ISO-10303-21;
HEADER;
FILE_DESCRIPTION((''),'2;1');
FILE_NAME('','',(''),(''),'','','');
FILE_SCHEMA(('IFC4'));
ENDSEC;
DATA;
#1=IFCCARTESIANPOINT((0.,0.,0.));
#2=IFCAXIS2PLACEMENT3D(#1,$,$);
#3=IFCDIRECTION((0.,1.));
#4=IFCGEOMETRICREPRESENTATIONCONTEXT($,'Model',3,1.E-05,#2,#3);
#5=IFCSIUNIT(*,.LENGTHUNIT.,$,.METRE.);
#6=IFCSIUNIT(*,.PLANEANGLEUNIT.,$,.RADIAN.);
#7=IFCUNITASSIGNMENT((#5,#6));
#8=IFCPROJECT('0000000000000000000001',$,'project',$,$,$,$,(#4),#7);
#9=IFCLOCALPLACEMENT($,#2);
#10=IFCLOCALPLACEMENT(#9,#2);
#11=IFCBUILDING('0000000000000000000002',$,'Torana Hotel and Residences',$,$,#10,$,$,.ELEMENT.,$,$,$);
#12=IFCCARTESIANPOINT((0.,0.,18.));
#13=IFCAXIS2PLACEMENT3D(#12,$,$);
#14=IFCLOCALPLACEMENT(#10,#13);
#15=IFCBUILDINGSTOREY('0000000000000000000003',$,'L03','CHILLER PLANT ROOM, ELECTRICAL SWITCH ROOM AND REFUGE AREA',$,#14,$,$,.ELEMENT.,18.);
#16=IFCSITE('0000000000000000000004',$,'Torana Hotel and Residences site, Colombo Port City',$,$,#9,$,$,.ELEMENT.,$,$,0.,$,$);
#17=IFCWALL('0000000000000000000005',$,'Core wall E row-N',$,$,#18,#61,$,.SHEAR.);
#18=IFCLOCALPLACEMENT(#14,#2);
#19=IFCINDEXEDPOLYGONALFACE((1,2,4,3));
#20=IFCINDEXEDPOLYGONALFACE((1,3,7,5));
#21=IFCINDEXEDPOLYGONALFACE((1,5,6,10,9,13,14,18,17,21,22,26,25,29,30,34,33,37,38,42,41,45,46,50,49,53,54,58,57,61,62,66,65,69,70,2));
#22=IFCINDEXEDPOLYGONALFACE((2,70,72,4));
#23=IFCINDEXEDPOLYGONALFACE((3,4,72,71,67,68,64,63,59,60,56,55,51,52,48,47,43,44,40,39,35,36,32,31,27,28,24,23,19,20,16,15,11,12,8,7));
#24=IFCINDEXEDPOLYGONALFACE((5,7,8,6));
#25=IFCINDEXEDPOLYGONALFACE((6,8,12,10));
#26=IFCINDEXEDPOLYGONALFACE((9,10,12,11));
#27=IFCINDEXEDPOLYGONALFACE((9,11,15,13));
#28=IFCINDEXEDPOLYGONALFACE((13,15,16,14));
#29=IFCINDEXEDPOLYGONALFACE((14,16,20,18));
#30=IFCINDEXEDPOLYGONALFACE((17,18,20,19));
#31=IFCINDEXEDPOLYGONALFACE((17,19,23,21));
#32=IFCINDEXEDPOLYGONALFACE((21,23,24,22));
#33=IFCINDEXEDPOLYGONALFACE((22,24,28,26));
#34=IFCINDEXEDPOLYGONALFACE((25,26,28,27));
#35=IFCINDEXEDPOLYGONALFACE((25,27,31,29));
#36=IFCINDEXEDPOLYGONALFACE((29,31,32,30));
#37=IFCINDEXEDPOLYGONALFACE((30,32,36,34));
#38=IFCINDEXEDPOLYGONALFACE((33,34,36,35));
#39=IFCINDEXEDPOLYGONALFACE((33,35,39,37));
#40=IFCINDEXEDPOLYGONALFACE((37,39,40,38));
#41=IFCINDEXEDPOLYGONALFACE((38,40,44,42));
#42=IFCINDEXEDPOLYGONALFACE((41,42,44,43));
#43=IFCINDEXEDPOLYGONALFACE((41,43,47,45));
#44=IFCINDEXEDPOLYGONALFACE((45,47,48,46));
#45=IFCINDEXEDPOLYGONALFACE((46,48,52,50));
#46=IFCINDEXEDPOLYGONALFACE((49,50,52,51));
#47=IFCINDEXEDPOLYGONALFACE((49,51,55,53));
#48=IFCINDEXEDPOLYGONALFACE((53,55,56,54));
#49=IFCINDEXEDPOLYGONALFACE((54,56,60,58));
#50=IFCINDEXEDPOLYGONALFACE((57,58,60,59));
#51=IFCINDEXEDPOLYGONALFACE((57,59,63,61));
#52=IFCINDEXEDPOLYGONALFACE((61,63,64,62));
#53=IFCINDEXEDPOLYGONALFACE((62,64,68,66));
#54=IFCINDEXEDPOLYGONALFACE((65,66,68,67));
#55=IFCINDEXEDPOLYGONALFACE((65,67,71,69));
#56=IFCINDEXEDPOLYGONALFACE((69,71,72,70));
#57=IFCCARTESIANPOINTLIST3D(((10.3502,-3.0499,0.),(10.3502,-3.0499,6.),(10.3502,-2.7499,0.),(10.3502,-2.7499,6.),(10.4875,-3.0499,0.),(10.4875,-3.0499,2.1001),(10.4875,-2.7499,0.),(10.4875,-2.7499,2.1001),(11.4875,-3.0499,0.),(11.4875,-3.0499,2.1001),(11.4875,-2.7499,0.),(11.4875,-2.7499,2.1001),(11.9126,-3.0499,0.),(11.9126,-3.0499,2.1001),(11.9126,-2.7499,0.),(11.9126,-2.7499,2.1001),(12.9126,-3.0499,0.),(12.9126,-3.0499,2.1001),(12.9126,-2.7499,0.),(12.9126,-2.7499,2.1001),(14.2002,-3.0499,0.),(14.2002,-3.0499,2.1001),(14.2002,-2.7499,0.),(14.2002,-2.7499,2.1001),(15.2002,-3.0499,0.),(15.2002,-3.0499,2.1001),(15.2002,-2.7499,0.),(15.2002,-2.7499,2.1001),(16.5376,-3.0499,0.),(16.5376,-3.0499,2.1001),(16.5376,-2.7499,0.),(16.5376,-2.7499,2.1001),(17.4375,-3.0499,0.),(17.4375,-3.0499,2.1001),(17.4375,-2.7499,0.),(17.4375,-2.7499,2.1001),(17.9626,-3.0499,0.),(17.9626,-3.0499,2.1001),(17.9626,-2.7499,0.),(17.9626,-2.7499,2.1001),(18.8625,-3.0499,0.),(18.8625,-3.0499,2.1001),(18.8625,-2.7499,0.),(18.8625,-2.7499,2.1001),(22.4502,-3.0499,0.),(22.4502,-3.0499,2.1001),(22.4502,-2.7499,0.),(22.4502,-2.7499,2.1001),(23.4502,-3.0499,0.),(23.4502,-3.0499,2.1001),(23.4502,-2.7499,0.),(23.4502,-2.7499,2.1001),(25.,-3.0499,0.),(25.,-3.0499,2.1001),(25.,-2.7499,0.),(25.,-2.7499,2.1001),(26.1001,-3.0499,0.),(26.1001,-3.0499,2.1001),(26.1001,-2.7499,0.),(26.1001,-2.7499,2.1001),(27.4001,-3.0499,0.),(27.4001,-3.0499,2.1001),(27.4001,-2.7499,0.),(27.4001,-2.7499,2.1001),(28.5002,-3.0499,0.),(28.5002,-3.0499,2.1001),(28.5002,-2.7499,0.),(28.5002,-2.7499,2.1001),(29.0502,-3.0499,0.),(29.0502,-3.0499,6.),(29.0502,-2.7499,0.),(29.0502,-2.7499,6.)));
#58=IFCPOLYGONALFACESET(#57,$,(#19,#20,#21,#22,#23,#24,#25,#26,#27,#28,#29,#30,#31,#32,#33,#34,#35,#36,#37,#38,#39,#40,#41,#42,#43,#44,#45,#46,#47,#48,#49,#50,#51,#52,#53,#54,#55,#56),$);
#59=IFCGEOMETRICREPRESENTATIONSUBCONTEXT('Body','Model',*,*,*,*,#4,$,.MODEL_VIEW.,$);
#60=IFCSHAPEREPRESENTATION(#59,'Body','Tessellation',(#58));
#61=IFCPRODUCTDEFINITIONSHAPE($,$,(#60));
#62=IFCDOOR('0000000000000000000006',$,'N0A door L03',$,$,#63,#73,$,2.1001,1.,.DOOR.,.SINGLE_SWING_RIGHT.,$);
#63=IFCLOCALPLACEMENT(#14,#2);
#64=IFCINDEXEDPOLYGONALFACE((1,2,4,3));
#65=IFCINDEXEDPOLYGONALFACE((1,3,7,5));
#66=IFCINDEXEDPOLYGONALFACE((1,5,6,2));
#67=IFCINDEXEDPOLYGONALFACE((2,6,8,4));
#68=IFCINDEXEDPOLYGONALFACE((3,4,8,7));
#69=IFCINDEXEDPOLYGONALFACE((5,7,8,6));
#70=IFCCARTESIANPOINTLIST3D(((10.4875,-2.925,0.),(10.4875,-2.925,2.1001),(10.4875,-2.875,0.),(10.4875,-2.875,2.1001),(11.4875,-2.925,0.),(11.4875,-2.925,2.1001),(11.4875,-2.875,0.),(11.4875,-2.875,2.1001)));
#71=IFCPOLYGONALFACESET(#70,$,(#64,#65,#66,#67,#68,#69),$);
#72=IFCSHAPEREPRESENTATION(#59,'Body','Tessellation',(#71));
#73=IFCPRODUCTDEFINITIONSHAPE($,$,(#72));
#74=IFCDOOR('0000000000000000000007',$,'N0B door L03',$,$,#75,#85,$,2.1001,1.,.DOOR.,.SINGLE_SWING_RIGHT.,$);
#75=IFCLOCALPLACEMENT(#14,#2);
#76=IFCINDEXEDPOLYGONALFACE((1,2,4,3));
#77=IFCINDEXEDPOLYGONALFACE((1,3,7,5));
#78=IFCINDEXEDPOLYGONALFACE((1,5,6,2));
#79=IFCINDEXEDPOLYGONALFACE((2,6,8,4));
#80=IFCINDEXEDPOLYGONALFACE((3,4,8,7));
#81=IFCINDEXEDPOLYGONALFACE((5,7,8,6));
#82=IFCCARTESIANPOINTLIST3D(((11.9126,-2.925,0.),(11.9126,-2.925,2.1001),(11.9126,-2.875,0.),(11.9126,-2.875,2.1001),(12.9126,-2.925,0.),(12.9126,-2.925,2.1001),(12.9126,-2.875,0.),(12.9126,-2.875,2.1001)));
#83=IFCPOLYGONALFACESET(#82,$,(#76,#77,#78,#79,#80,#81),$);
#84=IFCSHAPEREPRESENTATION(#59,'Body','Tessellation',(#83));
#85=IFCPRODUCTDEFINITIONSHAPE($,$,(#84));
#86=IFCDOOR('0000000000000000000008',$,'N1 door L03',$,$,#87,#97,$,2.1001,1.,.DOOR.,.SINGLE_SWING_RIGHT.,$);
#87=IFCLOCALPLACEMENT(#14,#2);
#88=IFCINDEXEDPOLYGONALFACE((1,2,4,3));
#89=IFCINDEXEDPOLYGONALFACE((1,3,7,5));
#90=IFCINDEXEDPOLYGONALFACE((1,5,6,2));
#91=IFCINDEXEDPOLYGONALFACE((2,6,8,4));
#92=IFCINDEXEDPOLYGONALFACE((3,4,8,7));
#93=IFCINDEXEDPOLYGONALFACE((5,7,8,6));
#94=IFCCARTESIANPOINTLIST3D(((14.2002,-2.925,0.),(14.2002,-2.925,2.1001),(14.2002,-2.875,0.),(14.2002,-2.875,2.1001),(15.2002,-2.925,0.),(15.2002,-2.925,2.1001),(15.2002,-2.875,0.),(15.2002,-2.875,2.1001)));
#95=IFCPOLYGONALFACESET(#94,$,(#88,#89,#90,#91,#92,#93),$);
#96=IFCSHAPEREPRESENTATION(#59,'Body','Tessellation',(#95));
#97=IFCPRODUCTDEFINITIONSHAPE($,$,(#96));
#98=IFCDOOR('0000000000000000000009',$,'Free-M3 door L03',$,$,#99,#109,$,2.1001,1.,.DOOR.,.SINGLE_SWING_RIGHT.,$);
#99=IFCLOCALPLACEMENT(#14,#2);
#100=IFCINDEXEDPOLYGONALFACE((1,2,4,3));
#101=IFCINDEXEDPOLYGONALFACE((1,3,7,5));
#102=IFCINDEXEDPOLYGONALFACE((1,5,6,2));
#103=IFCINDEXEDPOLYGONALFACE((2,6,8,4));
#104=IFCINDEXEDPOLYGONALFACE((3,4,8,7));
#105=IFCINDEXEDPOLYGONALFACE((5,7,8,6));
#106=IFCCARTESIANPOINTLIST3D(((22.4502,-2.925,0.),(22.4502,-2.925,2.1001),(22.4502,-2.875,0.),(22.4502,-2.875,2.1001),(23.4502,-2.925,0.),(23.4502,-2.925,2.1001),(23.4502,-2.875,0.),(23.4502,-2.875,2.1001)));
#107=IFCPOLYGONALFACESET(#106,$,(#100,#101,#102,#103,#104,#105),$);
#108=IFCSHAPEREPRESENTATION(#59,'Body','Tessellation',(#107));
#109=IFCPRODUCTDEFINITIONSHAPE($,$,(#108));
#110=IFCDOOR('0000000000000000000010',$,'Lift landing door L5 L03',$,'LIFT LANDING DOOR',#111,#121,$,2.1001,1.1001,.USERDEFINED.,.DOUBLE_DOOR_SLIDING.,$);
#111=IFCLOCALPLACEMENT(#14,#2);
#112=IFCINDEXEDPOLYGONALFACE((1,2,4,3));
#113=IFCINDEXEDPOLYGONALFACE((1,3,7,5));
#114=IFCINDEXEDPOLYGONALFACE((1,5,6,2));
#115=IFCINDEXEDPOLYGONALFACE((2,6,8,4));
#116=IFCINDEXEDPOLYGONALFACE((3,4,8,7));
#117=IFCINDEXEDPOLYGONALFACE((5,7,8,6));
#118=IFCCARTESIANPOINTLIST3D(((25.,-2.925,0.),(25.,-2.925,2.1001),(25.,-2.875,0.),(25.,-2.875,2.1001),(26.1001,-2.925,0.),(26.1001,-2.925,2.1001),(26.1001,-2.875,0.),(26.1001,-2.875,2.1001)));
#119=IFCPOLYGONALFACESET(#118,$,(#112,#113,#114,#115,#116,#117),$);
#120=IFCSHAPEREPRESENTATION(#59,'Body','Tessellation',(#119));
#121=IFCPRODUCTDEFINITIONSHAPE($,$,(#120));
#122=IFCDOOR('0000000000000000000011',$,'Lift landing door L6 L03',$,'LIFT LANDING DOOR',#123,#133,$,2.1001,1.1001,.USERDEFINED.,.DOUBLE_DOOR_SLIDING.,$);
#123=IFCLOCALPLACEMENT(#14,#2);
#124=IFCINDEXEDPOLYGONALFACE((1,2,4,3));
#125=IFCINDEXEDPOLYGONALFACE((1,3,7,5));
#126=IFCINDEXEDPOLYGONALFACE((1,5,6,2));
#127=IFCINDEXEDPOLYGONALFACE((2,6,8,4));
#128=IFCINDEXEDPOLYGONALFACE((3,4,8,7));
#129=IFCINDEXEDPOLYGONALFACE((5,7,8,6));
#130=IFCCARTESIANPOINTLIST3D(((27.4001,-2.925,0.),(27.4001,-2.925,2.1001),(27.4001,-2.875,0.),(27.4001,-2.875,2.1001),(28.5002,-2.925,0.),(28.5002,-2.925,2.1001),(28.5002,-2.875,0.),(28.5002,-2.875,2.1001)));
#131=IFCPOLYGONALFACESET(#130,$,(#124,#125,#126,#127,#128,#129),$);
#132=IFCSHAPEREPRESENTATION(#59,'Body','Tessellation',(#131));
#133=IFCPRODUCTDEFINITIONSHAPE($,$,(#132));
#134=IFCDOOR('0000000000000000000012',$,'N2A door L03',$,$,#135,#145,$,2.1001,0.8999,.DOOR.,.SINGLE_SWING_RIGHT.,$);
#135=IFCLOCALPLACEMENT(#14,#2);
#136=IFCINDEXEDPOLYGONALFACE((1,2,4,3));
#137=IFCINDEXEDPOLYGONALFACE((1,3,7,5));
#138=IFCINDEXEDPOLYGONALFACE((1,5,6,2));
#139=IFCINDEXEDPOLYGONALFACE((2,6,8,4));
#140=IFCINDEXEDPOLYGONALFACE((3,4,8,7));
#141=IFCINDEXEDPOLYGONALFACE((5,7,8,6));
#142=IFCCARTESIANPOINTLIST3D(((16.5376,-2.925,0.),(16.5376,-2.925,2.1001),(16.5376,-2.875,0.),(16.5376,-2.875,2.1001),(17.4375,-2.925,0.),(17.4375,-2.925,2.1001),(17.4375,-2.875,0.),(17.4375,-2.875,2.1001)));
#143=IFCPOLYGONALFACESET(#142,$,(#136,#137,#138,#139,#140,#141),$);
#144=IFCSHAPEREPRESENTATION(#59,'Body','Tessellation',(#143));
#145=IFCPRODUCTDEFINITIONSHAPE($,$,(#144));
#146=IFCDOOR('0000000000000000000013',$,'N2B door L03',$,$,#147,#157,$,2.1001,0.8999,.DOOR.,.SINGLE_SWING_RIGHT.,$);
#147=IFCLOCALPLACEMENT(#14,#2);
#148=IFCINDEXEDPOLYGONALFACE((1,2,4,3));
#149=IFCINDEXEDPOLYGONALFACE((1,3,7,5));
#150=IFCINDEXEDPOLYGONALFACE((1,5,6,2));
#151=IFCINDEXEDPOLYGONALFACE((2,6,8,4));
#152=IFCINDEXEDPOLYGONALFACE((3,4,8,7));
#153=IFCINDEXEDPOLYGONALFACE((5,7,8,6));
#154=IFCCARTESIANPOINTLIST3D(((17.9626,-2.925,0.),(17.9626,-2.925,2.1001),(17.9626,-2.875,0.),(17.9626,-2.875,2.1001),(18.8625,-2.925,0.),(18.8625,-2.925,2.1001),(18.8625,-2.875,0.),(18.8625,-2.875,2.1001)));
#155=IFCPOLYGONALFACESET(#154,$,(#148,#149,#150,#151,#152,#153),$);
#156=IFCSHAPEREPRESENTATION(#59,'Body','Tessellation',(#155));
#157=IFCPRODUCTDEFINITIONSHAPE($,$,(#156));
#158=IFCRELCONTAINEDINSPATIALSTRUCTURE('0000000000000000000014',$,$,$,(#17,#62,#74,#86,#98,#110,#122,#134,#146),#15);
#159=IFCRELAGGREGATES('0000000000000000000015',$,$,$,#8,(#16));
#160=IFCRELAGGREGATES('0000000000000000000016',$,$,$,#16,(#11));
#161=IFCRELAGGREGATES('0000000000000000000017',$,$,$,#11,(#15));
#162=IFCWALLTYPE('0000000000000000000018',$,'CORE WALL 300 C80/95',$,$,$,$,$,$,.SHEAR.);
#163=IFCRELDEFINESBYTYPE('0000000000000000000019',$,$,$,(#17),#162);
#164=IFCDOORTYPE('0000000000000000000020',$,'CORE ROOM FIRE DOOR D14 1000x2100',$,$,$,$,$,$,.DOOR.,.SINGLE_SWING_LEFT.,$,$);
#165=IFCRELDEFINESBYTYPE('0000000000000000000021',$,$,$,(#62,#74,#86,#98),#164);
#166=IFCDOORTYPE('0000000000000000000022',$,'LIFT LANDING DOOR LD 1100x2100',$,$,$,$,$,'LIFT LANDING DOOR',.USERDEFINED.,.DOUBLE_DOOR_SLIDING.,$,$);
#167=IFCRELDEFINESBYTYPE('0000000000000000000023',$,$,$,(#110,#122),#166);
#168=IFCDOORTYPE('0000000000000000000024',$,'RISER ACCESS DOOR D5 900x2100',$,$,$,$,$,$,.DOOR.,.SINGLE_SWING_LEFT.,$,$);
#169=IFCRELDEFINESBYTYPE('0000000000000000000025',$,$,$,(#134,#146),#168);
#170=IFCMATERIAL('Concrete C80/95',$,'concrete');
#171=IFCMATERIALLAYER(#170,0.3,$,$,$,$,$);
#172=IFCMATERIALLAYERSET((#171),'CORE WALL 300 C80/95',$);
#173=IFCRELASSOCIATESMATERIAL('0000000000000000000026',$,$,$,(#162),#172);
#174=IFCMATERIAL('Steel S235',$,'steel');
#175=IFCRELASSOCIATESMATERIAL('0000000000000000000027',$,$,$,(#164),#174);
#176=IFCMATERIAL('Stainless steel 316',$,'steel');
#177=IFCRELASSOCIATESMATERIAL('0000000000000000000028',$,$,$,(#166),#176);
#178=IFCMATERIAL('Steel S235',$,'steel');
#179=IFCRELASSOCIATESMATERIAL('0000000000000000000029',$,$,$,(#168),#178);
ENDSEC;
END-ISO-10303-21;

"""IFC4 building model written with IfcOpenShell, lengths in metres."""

from ifc_helpers import new_model, si_unit, direction, frame, frame_2d, origin, place, context, subcontext, project, spatial, rectangle, extrude, material, layer, layer_set, type_object, element, fill, save


model = new_model("IFC4")

# Units and contexts
model_context = context("Model", 3, precision=1e-05, world=origin(), true_north=direction((0.0, 1.0)))
body_context = subcontext(model_context, "Body", "Model", "MODEL_VIEW")
ifc_project = project(units=[si_unit("LENGTHUNIT", "METRE"), si_unit("PLANEANGLEUNIT", "RADIAN")], contexts=[model_context])

# Site, building, storey
site_placement = place(None, origin())
site = spatial("IfcSite", under=ifc_project, at=site_placement, Name="Torana Hotel and Residences site, Colombo Port City", CompositionType="ELEMENT", RefElevation=0.0)
building_placement = place(site_placement, origin())
building = spatial("IfcBuilding", under=site, at=building_placement, Name="Torana Hotel and Residences", CompositionType="ELEMENT")
storey_placement = place(building_placement, frame((0.0, 0.0, 18.0)))
storey = spatial("IfcBuildingStorey", under=building, at=storey_placement, Name="L03", Description="CHILLER PLANT ROOM, ELECTRICAL SWITCH ROOM AND REFUGE AREA", CompositionType="ELEMENT", Elevation=18.0)

# Wall, openings, doors
ifc_material_1 = material(Name="Concrete C80/95", Category="concrete")
ifc_layer_1 = layer(ifc_material_1, 0.3)
ifc_layer_set_1 = layer_set([ifc_layer_1], Name="CORE WALL 300 C80/95")
wall_type_1 = type_object("IfcWallType", Name="CORE WALL 300 C80/95", PredefinedType="SHEAR", material=ifc_layer_set_1)
wall_1_placement = place(storey_placement, frame((10.3501, -2.8999, 0.0), z_axis=(0.0, 0.0, 1.0), x_axis=(1.0, 0.0, 0.0)))
wall_1 = element("IfcWall", 1, at=wall_1_placement, inside=storey, type_object=wall_type_1, Name="Core wall E row-N", PredefinedType="SHEAR", context=body_context, shape_type="SweptSolid", body=[
    extrude(rectangle(XDim=18.7, YDim=0.3, at=frame_2d((9.3501, 0.0))), origin(), (0.0, 0.0, 1.0), 6.0),
])
opening_1_placement = place(wall_1_placement, frame((14.6499, 0.0, 0.0)))
opening_1 = element("IfcOpeningElement", 2, at=opening_1_placement, cuts=wall_1, PredefinedType="OPENING", context=body_context, shape_type="SweptSolid", body=[
    extrude(rectangle(XDim=1.1001, YDim=2.1001, at=frame_2d((0.55, 1.05))), frame((0.0, 0.1599, 0.0), z_axis=(0.0, -1.0, 0.0), x_axis=(1.0, 0.0, 0.0)), (0.0, 0.0, 1.0), 0.3201),
])
opening_2_placement = place(wall_1_placement, frame((17.05, 0.0, 0.0)))
opening_2 = element("IfcOpeningElement", 3, at=opening_2_placement, cuts=wall_1, PredefinedType="OPENING", context=body_context, shape_type="SweptSolid", body=[
    extrude(rectangle(XDim=1.1001, YDim=2.1001, at=frame_2d((0.55, 1.05))), frame((0.0, 0.1599, 0.0), z_axis=(0.0, -1.0, 0.0), x_axis=(1.0, 0.0, 0.0)), (0.0, 0.0, 1.0), 0.3201),
])
opening_3_placement = place(wall_1_placement, frame((6.1875, 0.0, 0.0)))
opening_3 = element("IfcOpeningElement", 4, at=opening_3_placement, cuts=wall_1, PredefinedType="OPENING", context=body_context, shape_type="SweptSolid", body=[
    extrude(rectangle(XDim=0.8999, YDim=2.1001, at=frame_2d((0.45, 1.05))), frame((0.0, 0.1599, 0.0), z_axis=(0.0, -1.0, 0.0), x_axis=(1.0, 0.0, 0.0)), (0.0, 0.0, 1.0), 0.3201),
])
opening_4_placement = place(wall_1_placement, frame((7.6125, 0.0, 0.0)))
opening_4 = element("IfcOpeningElement", 5, at=opening_4_placement, cuts=wall_1, PredefinedType="OPENING", context=body_context, shape_type="SweptSolid", body=[
    extrude(rectangle(XDim=0.8999, YDim=2.1001, at=frame_2d((0.45, 1.05))), frame((0.0, 0.1599, 0.0), z_axis=(0.0, -1.0, 0.0), x_axis=(1.0, 0.0, 0.0)), (0.0, 0.0, 1.0), 0.3201),
])
opening_5_placement = place(wall_1_placement, frame((0.1375, 0.0, 0.0)))
opening_5 = element("IfcOpeningElement", 6, at=opening_5_placement, cuts=wall_1, PredefinedType="OPENING", context=body_context, shape_type="SweptSolid", body=[
    extrude(rectangle(XDim=1.0, YDim=2.1001, at=frame_2d((0.5, 1.05))), frame((0.0, 0.1599, 0.0), z_axis=(0.0, -1.0, 0.0), x_axis=(1.0, 0.0, 0.0)), (0.0, 0.0, 1.0), 0.3201),
])
opening_6_placement = place(wall_1_placement, frame((1.5625, 0.0, 0.0)))
opening_6 = element("IfcOpeningElement", 7, at=opening_6_placement, cuts=wall_1, PredefinedType="OPENING", context=body_context, shape_type="SweptSolid", body=[
    extrude(rectangle(XDim=1.0, YDim=2.1001, at=frame_2d((0.5, 1.05))), frame((0.0, 0.1599, 0.0), z_axis=(0.0, -1.0, 0.0), x_axis=(1.0, 0.0, 0.0)), (0.0, 0.0, 1.0), 0.3201),
])
opening_7_placement = place(wall_1_placement, frame((3.8501, 0.0, 0.0)))
opening_7 = element("IfcOpeningElement", 8, at=opening_7_placement, cuts=wall_1, PredefinedType="OPENING", context=body_context, shape_type="SweptSolid", body=[
    extrude(rectangle(XDim=1.0, YDim=2.1001, at=frame_2d((0.5, 1.05))), frame((0.0, 0.1599, 0.0), z_axis=(0.0, -1.0, 0.0), x_axis=(1.0, 0.0, 0.0)), (0.0, 0.0, 1.0), 0.3201),
])
opening_8_placement = place(wall_1_placement, frame((12.1001, 0.0, 0.0)))
opening_8 = element("IfcOpeningElement", 9, at=opening_8_placement, cuts=wall_1, PredefinedType="OPENING", context=body_context, shape_type="SweptSolid", body=[
    extrude(rectangle(XDim=1.0, YDim=2.1001, at=frame_2d((0.5, 1.05))), frame((0.0, 0.1599, 0.0), z_axis=(0.0, -1.0, 0.0), x_axis=(1.0, 0.0, 0.0)), (0.0, 0.0, 1.0), 0.3201),
])
ifc_material_2 = material(Name="Steel S235", Category="steel")
door_type_1 = type_object("IfcDoorType", Name="CORE ROOM FIRE DOOR D14 1000x2100", OperationType="SINGLE_SWING_LEFT", PredefinedType="DOOR", material=ifc_material_2)
door_1_placement = place(opening_5_placement, origin())
door_1 = element("IfcDoor", 10, at=door_1_placement, inside=storey, type_object=door_type_1, Name="N0A door L03", OperationType="SINGLE_SWING_RIGHT", OverallHeight=2.1001, OverallWidth=1.0, PredefinedType="DOOR", context=body_context, shape_type="SweptSolid", body=[
    extrude(rectangle(XDim=1.0, YDim=2.1001, at=frame_2d((0.5, 1.05))), frame((0.0, 0.0249, 0.0), z_axis=(0.0, -1.0, 0.0), x_axis=(1.0, 0.0, 0.0)), (0.0, 0.0, 1.0), 0.05),
])
fill(opening_5, door_1)
door_2_placement = place(opening_6_placement, origin())
door_2 = element("IfcDoor", 11, at=door_2_placement, inside=storey, type_object=door_type_1, Name="N0B door L03", OperationType="SINGLE_SWING_RIGHT", OverallHeight=2.1001, OverallWidth=1.0, PredefinedType="DOOR", context=body_context, shape_type="SweptSolid", body=[
    extrude(rectangle(XDim=1.0, YDim=2.1001, at=frame_2d((0.5, 1.05))), frame((0.0, 0.0249, 0.0), z_axis=(0.0, -1.0, 0.0), x_axis=(1.0, 0.0, 0.0)), (0.0, 0.0, 1.0), 0.05),
])
fill(opening_6, door_2)
door_3_placement = place(opening_7_placement, origin())
door_3 = element("IfcDoor", 12, at=door_3_placement, inside=storey, type_object=door_type_1, Name="N1 door L03", OperationType="SINGLE_SWING_RIGHT", OverallHeight=2.1001, OverallWidth=1.0, PredefinedType="DOOR", context=body_context, shape_type="SweptSolid", body=[
    extrude(rectangle(XDim=1.0, YDim=2.1001, at=frame_2d((0.5, 1.05))), frame((0.0, 0.0249, 0.0), z_axis=(0.0, -1.0, 0.0), x_axis=(1.0, 0.0, 0.0)), (0.0, 0.0, 1.0), 0.05),
])
fill(opening_7, door_3)
door_4_placement = place(opening_8_placement, origin())
door_4 = element("IfcDoor", 13, at=door_4_placement, inside=storey, type_object=door_type_1, Name="Free-M3 door L03", OperationType="SINGLE_SWING_RIGHT", OverallHeight=2.1001, OverallWidth=1.0, PredefinedType="DOOR", context=body_context, shape_type="SweptSolid", body=[
    extrude(rectangle(XDim=1.0, YDim=2.1001, at=frame_2d((0.5, 1.05))), frame((0.0, 0.0249, 0.0), z_axis=(0.0, -1.0, 0.0), x_axis=(1.0, 0.0, 0.0)), (0.0, 0.0, 1.0), 0.05),
])
fill(opening_8, door_4)
ifc_material_3 = material(Name="Stainless steel 316", Category="steel")
door_type_2 = type_object("IfcDoorType", Name="LIFT LANDING DOOR LD 1100x2100", ElementType="LIFT LANDING DOOR", OperationType="DOUBLE_DOOR_SLIDING", PredefinedType="USERDEFINED", material=ifc_material_3)
door_5_placement = place(opening_1_placement, origin())
door_5 = element("IfcDoor", 14, at=door_5_placement, inside=storey, type_object=door_type_2, Name="Lift landing door L5 L03", ObjectType="LIFT LANDING DOOR", OperationType="DOUBLE_DOOR_SLIDING", OverallHeight=2.1001, OverallWidth=1.1001, PredefinedType="USERDEFINED", context=body_context, shape_type="SweptSolid", body=[
    extrude(rectangle(XDim=1.1001, YDim=2.1001, at=frame_2d((0.55, 1.05))), frame((0.0, 0.0249, 0.0), z_axis=(0.0, -1.0, 0.0), x_axis=(1.0, 0.0, 0.0)), (0.0, 0.0, 1.0), 0.05),
])
fill(opening_1, door_5)
door_6_placement = place(opening_2_placement, origin())
door_6 = element("IfcDoor", 15, at=door_6_placement, inside=storey, type_object=door_type_2, Name="Lift landing door L6 L03", ObjectType="LIFT LANDING DOOR", OperationType="DOUBLE_DOOR_SLIDING", OverallHeight=2.1001, OverallWidth=1.1001, PredefinedType="USERDEFINED", context=body_context, shape_type="SweptSolid", body=[
    extrude(rectangle(XDim=1.1001, YDim=2.1001, at=frame_2d((0.55, 1.05))), frame((0.0, 0.0249, 0.0), z_axis=(0.0, -1.0, 0.0), x_axis=(1.0, 0.0, 0.0)), (0.0, 0.0, 1.0), 0.05),
])
fill(opening_2, door_6)
ifc_material_4 = material(Name="Steel S235", Category="steel")
door_type_3 = type_object("IfcDoorType", Name="RISER ACCESS DOOR D5 900x2100", OperationType="SINGLE_SWING_LEFT", PredefinedType="DOOR", material=ifc_material_4)
door_7_placement = place(opening_3_placement, origin())
door_7 = element("IfcDoor", 16, at=door_7_placement, inside=storey, type_object=door_type_3, Name="N2A door L03", OperationType="SINGLE_SWING_RIGHT", OverallHeight=2.1001, OverallWidth=0.8999, PredefinedType="DOOR", context=body_context, shape_type="SweptSolid", body=[
    extrude(rectangle(XDim=0.8999, YDim=2.1001, at=frame_2d((0.45, 1.05))), frame((0.0, 0.0249, 0.0), z_axis=(0.0, -1.0, 0.0), x_axis=(1.0, 0.0, 0.0)), (0.0, 0.0, 1.0), 0.05),
])
fill(opening_3, door_7)
door_8_placement = place(opening_4_placement, origin())
door_8 = element("IfcDoor", 17, at=door_8_placement, inside=storey, type_object=door_type_3, Name="N2B door L03", OperationType="SINGLE_SWING_RIGHT", OverallHeight=2.1001, OverallWidth=0.8999, PredefinedType="DOOR", context=body_context, shape_type="SweptSolid", body=[
    extrude(rectangle(XDim=0.8999, YDim=2.1001, at=frame_2d((0.45, 1.05))), frame((0.0, 0.0249, 0.0), z_axis=(0.0, -1.0, 0.0), x_axis=(1.0, 0.0, 0.0)), (0.0, 0.0, 1.0), 0.05),
])
fill(opening_4, door_8)

save(model, "model.ifc")
